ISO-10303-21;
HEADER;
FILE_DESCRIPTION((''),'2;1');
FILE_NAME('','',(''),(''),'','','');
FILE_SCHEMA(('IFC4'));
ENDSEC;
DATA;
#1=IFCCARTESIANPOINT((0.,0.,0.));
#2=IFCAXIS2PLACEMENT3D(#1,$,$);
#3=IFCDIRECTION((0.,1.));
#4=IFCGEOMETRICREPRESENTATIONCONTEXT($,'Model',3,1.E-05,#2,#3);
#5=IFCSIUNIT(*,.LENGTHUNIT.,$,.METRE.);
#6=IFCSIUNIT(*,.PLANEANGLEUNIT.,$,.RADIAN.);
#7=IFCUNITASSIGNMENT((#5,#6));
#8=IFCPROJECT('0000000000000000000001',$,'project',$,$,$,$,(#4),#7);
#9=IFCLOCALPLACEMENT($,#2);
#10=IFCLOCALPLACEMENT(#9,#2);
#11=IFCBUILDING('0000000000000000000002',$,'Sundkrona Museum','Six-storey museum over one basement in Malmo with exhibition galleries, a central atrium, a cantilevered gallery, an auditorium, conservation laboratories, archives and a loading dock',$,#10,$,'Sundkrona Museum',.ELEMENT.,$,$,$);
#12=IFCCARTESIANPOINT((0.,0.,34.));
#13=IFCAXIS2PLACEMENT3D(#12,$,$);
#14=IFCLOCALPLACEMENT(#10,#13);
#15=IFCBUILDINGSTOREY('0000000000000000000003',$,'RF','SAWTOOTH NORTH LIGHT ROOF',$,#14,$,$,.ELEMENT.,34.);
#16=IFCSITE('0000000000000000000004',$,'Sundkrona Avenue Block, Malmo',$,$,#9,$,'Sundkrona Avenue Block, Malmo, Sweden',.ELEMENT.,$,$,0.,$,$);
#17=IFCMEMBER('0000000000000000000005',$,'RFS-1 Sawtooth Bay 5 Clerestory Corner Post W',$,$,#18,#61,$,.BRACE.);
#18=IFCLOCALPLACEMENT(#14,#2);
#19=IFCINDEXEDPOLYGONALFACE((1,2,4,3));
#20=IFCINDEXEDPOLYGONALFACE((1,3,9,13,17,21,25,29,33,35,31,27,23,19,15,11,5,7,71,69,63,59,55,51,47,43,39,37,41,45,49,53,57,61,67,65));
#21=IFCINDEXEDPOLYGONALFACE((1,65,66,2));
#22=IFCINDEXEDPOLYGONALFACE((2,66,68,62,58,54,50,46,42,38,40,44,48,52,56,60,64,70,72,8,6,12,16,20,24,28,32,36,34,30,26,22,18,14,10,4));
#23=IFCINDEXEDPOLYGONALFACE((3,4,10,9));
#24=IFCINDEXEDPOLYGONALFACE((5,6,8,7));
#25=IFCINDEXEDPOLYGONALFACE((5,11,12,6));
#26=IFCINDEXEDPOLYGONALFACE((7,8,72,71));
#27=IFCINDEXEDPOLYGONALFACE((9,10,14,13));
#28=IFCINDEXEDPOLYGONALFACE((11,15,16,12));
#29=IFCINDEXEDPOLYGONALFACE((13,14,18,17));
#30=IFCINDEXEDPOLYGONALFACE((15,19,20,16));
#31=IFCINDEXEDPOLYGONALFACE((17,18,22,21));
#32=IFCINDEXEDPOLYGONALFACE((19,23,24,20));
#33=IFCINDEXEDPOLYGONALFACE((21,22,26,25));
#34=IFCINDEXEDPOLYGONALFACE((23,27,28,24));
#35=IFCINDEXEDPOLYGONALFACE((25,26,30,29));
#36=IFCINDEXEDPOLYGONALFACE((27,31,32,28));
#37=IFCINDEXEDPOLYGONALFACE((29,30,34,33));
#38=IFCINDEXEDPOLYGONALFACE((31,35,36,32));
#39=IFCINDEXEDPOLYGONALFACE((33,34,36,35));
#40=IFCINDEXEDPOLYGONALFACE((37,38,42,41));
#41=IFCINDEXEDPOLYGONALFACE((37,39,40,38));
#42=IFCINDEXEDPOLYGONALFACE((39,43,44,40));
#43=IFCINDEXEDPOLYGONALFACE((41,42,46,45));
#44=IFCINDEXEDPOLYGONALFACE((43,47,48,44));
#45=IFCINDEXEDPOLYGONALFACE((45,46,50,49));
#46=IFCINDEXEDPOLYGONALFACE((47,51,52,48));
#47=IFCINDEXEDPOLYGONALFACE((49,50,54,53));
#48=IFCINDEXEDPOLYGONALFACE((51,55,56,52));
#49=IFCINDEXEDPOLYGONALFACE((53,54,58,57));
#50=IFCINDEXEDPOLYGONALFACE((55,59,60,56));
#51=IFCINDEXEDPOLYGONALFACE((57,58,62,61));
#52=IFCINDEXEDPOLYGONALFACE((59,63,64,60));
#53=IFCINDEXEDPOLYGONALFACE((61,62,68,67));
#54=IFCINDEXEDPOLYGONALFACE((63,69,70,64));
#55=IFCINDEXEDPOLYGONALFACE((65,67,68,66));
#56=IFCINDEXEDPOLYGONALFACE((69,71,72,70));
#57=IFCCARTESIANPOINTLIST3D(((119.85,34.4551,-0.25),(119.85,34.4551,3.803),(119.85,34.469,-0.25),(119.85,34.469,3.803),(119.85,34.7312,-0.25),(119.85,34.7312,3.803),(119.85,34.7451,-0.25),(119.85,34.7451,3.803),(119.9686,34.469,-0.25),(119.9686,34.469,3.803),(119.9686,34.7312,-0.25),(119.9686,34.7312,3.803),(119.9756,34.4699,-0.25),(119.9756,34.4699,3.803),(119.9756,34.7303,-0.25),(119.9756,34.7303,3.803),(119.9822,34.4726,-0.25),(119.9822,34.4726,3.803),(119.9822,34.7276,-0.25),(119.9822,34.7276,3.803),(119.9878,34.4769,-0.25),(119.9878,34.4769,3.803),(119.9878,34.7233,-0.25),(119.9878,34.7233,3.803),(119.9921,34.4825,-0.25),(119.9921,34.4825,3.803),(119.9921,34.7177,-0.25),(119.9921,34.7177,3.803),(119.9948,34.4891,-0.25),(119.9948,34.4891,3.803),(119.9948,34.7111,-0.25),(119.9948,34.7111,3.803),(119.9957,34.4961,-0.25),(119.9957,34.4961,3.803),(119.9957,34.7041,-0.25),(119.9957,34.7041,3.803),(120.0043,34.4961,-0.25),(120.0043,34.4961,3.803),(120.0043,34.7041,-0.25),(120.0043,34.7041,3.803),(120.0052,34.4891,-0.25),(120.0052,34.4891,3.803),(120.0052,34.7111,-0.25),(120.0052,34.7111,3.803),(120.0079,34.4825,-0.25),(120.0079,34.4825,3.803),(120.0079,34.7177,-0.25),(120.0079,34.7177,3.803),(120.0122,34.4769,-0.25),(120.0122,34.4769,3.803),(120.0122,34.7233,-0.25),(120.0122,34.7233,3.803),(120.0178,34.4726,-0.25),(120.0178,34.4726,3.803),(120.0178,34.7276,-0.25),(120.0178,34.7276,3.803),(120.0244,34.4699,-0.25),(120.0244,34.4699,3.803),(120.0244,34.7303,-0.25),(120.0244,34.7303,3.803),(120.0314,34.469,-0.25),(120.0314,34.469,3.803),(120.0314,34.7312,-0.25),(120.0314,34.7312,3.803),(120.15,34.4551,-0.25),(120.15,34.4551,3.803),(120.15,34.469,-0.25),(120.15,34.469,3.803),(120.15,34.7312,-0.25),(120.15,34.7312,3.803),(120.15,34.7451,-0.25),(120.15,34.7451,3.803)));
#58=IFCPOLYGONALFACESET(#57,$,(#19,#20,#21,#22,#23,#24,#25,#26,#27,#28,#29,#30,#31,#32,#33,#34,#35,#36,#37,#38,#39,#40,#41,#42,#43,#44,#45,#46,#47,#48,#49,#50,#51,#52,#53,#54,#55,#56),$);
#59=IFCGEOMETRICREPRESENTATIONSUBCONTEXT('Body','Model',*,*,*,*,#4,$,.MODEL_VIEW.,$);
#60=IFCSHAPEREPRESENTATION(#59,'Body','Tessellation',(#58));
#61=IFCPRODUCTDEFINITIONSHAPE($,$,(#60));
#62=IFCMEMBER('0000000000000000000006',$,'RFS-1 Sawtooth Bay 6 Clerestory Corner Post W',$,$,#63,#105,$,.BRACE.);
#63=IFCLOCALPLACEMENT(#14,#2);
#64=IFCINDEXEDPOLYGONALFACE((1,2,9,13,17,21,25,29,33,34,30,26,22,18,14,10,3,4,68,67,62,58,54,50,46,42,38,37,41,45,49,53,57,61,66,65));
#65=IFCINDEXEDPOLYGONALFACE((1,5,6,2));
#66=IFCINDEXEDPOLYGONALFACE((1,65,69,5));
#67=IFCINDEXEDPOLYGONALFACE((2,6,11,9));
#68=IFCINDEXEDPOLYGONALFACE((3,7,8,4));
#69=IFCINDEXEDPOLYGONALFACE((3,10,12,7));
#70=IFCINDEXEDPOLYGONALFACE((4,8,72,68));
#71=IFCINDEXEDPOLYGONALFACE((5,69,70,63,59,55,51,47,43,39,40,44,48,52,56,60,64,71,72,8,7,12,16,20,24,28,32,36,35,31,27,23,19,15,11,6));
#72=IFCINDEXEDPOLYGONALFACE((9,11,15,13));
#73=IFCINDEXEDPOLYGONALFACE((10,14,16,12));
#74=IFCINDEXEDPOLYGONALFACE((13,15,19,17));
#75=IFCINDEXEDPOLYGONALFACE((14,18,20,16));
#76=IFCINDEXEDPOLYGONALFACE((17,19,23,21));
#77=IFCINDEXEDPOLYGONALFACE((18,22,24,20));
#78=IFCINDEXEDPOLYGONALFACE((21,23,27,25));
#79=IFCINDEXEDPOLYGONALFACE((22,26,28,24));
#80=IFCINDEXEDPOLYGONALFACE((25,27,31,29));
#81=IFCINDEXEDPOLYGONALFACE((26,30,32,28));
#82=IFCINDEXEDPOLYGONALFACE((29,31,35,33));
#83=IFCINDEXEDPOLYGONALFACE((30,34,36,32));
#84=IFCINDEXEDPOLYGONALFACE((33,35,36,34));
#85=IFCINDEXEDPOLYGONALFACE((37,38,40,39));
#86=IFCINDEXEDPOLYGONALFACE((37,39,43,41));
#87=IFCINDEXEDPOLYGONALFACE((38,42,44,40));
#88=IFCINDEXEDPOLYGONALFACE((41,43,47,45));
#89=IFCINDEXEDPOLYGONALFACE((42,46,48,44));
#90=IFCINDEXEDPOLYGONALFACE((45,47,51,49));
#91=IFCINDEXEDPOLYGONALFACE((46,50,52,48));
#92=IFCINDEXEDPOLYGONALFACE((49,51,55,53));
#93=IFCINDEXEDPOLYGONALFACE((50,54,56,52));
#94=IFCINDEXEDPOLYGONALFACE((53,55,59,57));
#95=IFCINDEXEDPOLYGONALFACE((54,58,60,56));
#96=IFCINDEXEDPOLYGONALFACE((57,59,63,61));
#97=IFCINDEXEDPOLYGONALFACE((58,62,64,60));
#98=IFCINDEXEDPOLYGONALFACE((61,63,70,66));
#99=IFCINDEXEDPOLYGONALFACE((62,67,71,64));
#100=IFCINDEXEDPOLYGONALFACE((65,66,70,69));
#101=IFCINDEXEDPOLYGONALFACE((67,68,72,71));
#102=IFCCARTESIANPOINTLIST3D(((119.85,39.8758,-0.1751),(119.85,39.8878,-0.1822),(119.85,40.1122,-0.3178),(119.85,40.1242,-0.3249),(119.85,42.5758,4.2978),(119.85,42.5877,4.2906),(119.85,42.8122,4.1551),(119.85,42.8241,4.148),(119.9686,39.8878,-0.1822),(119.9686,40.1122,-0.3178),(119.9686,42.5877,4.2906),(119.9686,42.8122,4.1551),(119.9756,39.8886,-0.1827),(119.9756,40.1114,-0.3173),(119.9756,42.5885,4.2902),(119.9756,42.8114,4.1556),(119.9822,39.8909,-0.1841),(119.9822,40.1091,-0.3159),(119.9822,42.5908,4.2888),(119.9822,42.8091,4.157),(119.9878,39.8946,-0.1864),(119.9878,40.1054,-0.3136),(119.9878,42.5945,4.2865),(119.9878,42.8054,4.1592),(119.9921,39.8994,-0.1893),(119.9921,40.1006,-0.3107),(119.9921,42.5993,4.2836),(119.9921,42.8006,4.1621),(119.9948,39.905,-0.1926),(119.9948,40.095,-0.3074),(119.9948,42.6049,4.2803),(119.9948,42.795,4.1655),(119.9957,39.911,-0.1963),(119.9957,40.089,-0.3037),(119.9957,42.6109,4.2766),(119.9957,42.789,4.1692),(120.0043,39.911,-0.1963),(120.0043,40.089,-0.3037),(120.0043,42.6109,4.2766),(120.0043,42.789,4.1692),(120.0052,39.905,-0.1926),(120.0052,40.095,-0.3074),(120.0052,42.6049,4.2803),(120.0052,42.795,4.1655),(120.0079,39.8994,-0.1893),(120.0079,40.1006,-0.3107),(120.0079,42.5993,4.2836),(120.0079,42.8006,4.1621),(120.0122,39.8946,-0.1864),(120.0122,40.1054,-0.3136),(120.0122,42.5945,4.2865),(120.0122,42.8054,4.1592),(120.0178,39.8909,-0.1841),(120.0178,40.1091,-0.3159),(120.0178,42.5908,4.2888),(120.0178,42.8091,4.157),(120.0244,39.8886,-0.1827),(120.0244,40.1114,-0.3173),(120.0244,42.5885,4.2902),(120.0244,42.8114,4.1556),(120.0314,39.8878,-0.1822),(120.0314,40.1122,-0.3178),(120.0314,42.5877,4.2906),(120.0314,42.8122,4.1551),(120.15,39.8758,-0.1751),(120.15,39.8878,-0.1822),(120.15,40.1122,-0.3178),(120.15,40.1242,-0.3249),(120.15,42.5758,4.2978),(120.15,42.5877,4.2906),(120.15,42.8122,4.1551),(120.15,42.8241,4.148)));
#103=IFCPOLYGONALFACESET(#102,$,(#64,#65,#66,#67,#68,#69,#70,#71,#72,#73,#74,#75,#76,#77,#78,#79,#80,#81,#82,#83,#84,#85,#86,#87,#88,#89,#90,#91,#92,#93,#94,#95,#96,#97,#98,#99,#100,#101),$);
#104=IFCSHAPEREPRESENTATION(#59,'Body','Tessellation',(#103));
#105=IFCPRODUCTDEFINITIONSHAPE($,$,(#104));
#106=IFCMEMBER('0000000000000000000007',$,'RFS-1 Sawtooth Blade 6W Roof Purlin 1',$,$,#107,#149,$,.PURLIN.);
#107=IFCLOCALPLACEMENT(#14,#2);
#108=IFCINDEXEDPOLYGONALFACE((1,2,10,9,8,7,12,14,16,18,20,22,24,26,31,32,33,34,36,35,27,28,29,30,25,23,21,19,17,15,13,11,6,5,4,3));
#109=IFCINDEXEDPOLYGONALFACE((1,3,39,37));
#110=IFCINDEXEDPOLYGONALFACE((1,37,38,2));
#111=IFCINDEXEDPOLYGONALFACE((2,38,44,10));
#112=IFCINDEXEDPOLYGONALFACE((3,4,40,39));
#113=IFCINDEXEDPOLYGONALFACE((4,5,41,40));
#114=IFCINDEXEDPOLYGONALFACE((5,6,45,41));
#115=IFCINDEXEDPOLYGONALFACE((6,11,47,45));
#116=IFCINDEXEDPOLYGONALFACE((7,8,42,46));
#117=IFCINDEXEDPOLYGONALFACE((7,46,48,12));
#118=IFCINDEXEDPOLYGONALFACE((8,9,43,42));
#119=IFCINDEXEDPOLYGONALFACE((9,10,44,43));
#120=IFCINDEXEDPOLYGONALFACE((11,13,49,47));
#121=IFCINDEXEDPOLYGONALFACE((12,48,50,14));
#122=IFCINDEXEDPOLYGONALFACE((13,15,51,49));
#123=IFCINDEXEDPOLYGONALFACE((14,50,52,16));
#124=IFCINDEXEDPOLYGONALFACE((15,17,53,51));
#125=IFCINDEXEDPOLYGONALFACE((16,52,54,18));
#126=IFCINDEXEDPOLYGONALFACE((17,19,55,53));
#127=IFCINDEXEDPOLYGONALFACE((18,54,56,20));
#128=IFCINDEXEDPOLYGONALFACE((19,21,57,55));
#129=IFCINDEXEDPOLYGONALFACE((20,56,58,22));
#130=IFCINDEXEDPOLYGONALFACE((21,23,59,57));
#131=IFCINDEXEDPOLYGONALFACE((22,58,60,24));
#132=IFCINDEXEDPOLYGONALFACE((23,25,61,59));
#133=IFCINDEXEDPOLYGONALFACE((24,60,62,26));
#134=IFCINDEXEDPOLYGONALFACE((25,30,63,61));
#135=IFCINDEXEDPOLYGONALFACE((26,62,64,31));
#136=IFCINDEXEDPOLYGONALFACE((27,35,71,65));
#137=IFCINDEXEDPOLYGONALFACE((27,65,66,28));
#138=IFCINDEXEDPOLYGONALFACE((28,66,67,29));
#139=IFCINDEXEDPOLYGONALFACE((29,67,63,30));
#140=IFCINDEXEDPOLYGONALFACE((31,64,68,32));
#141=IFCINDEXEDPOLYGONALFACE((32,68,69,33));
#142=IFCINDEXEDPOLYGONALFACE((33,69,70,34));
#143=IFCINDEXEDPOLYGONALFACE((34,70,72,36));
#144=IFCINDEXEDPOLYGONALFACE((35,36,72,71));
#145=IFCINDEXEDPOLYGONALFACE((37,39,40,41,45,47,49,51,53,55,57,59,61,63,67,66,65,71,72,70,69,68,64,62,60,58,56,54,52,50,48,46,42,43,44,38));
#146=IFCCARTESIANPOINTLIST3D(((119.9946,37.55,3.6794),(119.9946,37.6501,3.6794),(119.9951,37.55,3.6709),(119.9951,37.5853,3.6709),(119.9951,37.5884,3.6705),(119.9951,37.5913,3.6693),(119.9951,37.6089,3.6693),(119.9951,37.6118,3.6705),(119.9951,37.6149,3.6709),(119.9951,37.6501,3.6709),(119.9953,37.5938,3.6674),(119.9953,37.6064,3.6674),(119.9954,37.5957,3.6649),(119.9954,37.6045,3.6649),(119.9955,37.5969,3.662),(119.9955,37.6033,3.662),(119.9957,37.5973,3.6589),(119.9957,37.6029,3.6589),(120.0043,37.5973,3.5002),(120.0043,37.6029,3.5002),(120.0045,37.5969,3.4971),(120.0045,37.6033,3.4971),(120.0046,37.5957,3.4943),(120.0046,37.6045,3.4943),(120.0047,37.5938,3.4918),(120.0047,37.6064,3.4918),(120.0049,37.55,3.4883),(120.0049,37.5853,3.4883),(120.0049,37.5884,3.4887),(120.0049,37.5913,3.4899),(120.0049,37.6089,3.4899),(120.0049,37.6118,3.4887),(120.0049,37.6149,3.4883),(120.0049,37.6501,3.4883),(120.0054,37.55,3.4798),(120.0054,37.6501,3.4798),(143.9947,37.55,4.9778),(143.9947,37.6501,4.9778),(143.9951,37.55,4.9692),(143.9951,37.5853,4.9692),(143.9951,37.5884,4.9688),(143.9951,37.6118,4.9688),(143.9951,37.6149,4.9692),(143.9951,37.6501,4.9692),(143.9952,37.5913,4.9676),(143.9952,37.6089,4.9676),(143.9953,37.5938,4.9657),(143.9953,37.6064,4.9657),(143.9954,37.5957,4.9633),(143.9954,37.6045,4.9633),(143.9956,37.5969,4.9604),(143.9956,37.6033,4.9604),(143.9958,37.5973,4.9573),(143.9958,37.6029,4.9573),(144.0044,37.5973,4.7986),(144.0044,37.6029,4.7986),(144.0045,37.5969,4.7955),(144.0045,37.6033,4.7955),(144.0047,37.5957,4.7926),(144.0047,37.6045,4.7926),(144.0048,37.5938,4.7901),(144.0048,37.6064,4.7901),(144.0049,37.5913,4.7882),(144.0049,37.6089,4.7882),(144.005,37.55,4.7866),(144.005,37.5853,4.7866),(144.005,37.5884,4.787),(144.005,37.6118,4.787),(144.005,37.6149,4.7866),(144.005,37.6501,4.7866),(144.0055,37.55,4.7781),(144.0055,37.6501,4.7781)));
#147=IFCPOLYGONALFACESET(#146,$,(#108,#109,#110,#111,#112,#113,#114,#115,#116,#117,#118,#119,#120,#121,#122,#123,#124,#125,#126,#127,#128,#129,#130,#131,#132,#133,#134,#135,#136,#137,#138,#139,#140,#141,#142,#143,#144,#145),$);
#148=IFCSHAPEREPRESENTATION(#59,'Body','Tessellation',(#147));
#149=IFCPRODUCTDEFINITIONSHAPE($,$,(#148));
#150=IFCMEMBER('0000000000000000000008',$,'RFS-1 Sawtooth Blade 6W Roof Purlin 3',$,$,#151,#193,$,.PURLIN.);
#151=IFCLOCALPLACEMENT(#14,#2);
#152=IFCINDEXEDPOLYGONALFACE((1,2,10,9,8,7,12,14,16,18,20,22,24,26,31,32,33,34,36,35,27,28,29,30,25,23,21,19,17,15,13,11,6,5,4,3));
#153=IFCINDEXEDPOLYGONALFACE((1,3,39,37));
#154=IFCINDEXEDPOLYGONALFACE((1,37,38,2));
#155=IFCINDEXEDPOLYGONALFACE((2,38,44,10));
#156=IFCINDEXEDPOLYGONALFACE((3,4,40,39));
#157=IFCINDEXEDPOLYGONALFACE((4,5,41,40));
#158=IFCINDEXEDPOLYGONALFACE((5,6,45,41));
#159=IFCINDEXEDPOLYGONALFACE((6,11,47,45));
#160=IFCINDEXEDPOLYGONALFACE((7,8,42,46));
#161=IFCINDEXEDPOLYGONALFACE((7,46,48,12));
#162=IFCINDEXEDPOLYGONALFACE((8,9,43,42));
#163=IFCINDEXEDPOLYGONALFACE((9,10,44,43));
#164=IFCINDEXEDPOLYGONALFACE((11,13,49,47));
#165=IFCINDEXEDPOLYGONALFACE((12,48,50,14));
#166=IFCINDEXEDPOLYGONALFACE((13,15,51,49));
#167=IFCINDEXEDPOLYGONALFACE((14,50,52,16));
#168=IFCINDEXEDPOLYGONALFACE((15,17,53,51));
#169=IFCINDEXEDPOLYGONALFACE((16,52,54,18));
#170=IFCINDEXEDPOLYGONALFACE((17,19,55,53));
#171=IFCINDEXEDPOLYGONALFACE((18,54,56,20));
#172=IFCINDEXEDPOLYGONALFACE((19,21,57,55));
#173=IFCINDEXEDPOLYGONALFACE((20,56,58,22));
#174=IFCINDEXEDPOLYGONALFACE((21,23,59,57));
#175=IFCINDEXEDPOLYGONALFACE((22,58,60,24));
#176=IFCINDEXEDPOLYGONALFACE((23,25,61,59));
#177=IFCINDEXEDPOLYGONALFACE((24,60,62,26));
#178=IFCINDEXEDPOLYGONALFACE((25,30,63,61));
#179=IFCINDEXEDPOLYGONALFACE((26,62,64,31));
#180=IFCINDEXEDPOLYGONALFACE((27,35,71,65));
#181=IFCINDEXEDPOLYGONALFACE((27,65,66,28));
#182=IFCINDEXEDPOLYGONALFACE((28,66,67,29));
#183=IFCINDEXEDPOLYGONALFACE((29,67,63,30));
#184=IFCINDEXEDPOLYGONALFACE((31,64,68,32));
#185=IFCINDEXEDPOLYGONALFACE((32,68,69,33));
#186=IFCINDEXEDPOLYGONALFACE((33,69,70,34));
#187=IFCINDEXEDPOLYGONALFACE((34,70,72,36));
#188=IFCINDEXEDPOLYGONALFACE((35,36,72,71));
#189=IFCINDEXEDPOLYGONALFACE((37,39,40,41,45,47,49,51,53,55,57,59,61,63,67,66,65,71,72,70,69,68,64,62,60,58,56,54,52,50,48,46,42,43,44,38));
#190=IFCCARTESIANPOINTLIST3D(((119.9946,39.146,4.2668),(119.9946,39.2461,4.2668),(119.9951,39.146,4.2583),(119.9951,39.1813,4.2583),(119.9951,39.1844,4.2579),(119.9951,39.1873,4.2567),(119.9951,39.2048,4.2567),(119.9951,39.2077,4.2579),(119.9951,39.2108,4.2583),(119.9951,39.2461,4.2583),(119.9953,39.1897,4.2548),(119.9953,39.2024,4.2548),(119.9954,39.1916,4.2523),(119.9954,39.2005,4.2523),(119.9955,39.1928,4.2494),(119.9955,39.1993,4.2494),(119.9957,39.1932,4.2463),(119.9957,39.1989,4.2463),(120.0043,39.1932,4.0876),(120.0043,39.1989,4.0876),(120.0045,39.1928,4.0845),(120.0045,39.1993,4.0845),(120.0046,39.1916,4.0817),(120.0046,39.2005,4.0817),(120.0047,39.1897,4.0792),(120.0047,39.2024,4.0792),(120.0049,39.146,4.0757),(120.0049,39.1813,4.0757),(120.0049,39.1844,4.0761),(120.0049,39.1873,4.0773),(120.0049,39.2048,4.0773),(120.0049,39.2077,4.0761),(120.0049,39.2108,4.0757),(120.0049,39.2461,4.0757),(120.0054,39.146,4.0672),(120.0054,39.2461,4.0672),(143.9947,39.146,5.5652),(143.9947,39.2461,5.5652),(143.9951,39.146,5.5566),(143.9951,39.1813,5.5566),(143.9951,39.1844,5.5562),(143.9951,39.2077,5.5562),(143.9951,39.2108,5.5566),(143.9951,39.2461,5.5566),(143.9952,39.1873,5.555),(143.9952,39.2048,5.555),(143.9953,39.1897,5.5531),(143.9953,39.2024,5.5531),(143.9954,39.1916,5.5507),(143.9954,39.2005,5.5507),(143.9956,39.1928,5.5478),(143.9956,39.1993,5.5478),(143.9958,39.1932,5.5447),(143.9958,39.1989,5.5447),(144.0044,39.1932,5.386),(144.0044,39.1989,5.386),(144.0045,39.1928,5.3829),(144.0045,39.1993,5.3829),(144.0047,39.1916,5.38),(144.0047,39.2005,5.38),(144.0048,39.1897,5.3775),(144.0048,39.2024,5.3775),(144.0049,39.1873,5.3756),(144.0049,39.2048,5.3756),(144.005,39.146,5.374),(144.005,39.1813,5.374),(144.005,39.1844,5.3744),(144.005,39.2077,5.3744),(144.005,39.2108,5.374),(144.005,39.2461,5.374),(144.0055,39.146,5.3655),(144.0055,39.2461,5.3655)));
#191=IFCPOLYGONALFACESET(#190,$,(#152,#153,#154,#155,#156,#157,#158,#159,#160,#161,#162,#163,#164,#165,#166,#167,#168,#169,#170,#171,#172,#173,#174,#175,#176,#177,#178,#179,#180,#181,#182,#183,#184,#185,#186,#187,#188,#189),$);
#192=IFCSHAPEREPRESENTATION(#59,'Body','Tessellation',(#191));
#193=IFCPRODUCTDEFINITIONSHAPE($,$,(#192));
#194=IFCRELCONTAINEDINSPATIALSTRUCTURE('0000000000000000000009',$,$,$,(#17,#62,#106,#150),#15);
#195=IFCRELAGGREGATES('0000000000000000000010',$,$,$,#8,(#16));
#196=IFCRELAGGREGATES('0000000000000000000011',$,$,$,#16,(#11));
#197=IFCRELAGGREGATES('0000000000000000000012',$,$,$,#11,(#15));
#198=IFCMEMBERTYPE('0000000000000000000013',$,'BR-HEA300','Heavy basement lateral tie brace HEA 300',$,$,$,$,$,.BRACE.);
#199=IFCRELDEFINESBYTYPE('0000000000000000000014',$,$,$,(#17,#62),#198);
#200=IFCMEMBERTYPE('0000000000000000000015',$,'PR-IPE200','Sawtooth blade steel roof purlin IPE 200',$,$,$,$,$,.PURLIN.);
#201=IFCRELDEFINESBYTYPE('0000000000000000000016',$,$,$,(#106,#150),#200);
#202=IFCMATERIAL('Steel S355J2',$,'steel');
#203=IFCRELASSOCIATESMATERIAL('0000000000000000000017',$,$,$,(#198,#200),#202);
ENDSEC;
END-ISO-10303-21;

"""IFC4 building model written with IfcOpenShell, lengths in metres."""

from ifc_helpers import new_model, si_unit, direction, frame, origin, origin_2d, place, context, subcontext, project, spatial, i_section, extrude, material, material_profile, profile_set, type_object, element, save


model = new_model("IFC4")

# Units and contexts
model_context = context("Model", 3, precision=1e-05, world=origin(), true_north=direction((0.0, 1.0)))
body_context = subcontext(model_context, "Body", "Model", "MODEL_VIEW")
ifc_project = project(units=[si_unit("LENGTHUNIT", "METRE"), si_unit("PLANEANGLEUNIT", "RADIAN")], contexts=[model_context])

# Site, building, storey
site_placement = place(None, origin())
site = spatial("IfcSite", under=ifc_project, at=site_placement, Name="Sundkrona Avenue Block, Malmo", LongName="Sundkrona Avenue Block, Malmo, Sweden", CompositionType="ELEMENT", RefElevation=0.0)
building_placement = place(site_placement, origin())
building = spatial("IfcBuilding", under=site, at=building_placement, Name="Sundkrona Museum", Description="Six-storey museum over one basement in Malmo with exhibition galleries, a central atrium, a cantilevered gallery, an auditorium, conservation laboratories, archives and a loading dock", LongName="Sundkrona Museum", CompositionType="ELEMENT")
storey_placement = place(building_placement, frame((0.0, 0.0, 34.0)))
storey = spatial("IfcBuildingStorey", under=building, at=storey_placement, Name="RF", Description="SAWTOOTH NORTH LIGHT ROOF", CompositionType="ELEMENT", Elevation=34.0)

# Members
ifc_material_1 = material(Name="Steel S355J2", Category="steel")
ifc_material_profile_1 = material_profile(ifc_material_1, i_section(OverallWidth=0.3, OverallDepth=0.29, WebThickness=0.0085, FlangeThickness=0.0139, FilletRadius=0.0271, at=origin_2d()), Name="HEA 300")
ifc_profile_set_1 = profile_set([ifc_material_profile_1], Name="Steel S355J2")
member_type_1 = type_object("IfcMemberType", Name="BR-HEA300", Description="Heavy basement lateral tie brace HEA 300", PredefinedType="BRACE", material=ifc_profile_set_1)
member_1_placement = place(storey_placement, frame((120.0, 34.6001, -0.25), z_axis=(0.0, 0.0, 1.0), x_axis=(1.0, 0.0, 0.0)))
element("IfcMember", 1, at=member_1_placement, inside=storey, type_object=member_type_1, Name="RFS-1 Sawtooth Bay 5 Clerestory Corner Post W", PredefinedType="BRACE", context=body_context, shape_type="SweptSolid", body=[
    extrude(i_section(OverallWidth=0.3, OverallDepth=0.29, WebThickness=0.0085, FlangeThickness=0.0139, FilletRadius=0.0271, at=origin_2d()), origin(), (0.0, 0.0, 1.0), 4.053),
])
member_2_placement = place(storey_placement, frame((120.0, 40.0, -0.25), z_axis=(0.0, 0.516775, 0.856121), x_axis=(-1.0, 0.0, 0.0)))
element("IfcMember", 2, at=member_2_placement, inside=storey, type_object=member_type_1, Name="RFS-1 Sawtooth Bay 6 Clerestory Corner Post W", PredefinedType="BRACE", context=body_context, shape_type="SweptSolid", body=[
    extrude(i_section(OverallWidth=0.3, OverallDepth=0.29, WebThickness=0.0085, FlangeThickness=0.0139, FilletRadius=0.0271, at=origin_2d()), origin(), (0.0, 0.0, 1.0), 5.2246),
])
ifc_material_profile_2 = material_profile(ifc_material_1, i_section(OverallWidth=0.1001, OverallDepth=0.2, WebThickness=0.0056, FlangeThickness=0.0085, FilletRadius=0.012, at=origin_2d()), Name="IPE 200")
ifc_profile_set_2 = profile_set([ifc_material_profile_2], Name="Steel S355J2")
member_type_2 = type_object("IfcMemberType", Name="PR-IPE200", Description="Sawtooth blade steel roof purlin IPE 200", PredefinedType="PURLIN", material=ifc_profile_set_2)
for number, where, z_axis, x_axis, name in (
    (3, (120.0, 37.6001, 3.5796), (0.99854, 0.0, 0.054019), (0.0, 1.0, 0.0), "RFS-1 Sawtooth Blade 6W Roof Purlin 1"),
    (4, (120.0, 39.196, 4.167), (0.99854, 0.0, 0.054019), (0.0, 1.0, 0.0), "RFS-1 Sawtooth Blade 6W Roof Purlin 3"),
):
    element("IfcMember", number, at=place(storey_placement, frame(where, z_axis=z_axis, x_axis=x_axis)), inside=storey, type_object=member_type_2, Name=name, PredefinedType="PURLIN", context=body_context, shape_type="SweptSolid", body=[
        extrude(i_section(OverallWidth=0.1001, OverallDepth=0.2, WebThickness=0.0056, FlangeThickness=0.0085, FilletRadius=0.012, at=origin_2d()), origin(), (0.0, 0.0, 1.0), 24.0352),
    ])

save(model, "model.ifc")
